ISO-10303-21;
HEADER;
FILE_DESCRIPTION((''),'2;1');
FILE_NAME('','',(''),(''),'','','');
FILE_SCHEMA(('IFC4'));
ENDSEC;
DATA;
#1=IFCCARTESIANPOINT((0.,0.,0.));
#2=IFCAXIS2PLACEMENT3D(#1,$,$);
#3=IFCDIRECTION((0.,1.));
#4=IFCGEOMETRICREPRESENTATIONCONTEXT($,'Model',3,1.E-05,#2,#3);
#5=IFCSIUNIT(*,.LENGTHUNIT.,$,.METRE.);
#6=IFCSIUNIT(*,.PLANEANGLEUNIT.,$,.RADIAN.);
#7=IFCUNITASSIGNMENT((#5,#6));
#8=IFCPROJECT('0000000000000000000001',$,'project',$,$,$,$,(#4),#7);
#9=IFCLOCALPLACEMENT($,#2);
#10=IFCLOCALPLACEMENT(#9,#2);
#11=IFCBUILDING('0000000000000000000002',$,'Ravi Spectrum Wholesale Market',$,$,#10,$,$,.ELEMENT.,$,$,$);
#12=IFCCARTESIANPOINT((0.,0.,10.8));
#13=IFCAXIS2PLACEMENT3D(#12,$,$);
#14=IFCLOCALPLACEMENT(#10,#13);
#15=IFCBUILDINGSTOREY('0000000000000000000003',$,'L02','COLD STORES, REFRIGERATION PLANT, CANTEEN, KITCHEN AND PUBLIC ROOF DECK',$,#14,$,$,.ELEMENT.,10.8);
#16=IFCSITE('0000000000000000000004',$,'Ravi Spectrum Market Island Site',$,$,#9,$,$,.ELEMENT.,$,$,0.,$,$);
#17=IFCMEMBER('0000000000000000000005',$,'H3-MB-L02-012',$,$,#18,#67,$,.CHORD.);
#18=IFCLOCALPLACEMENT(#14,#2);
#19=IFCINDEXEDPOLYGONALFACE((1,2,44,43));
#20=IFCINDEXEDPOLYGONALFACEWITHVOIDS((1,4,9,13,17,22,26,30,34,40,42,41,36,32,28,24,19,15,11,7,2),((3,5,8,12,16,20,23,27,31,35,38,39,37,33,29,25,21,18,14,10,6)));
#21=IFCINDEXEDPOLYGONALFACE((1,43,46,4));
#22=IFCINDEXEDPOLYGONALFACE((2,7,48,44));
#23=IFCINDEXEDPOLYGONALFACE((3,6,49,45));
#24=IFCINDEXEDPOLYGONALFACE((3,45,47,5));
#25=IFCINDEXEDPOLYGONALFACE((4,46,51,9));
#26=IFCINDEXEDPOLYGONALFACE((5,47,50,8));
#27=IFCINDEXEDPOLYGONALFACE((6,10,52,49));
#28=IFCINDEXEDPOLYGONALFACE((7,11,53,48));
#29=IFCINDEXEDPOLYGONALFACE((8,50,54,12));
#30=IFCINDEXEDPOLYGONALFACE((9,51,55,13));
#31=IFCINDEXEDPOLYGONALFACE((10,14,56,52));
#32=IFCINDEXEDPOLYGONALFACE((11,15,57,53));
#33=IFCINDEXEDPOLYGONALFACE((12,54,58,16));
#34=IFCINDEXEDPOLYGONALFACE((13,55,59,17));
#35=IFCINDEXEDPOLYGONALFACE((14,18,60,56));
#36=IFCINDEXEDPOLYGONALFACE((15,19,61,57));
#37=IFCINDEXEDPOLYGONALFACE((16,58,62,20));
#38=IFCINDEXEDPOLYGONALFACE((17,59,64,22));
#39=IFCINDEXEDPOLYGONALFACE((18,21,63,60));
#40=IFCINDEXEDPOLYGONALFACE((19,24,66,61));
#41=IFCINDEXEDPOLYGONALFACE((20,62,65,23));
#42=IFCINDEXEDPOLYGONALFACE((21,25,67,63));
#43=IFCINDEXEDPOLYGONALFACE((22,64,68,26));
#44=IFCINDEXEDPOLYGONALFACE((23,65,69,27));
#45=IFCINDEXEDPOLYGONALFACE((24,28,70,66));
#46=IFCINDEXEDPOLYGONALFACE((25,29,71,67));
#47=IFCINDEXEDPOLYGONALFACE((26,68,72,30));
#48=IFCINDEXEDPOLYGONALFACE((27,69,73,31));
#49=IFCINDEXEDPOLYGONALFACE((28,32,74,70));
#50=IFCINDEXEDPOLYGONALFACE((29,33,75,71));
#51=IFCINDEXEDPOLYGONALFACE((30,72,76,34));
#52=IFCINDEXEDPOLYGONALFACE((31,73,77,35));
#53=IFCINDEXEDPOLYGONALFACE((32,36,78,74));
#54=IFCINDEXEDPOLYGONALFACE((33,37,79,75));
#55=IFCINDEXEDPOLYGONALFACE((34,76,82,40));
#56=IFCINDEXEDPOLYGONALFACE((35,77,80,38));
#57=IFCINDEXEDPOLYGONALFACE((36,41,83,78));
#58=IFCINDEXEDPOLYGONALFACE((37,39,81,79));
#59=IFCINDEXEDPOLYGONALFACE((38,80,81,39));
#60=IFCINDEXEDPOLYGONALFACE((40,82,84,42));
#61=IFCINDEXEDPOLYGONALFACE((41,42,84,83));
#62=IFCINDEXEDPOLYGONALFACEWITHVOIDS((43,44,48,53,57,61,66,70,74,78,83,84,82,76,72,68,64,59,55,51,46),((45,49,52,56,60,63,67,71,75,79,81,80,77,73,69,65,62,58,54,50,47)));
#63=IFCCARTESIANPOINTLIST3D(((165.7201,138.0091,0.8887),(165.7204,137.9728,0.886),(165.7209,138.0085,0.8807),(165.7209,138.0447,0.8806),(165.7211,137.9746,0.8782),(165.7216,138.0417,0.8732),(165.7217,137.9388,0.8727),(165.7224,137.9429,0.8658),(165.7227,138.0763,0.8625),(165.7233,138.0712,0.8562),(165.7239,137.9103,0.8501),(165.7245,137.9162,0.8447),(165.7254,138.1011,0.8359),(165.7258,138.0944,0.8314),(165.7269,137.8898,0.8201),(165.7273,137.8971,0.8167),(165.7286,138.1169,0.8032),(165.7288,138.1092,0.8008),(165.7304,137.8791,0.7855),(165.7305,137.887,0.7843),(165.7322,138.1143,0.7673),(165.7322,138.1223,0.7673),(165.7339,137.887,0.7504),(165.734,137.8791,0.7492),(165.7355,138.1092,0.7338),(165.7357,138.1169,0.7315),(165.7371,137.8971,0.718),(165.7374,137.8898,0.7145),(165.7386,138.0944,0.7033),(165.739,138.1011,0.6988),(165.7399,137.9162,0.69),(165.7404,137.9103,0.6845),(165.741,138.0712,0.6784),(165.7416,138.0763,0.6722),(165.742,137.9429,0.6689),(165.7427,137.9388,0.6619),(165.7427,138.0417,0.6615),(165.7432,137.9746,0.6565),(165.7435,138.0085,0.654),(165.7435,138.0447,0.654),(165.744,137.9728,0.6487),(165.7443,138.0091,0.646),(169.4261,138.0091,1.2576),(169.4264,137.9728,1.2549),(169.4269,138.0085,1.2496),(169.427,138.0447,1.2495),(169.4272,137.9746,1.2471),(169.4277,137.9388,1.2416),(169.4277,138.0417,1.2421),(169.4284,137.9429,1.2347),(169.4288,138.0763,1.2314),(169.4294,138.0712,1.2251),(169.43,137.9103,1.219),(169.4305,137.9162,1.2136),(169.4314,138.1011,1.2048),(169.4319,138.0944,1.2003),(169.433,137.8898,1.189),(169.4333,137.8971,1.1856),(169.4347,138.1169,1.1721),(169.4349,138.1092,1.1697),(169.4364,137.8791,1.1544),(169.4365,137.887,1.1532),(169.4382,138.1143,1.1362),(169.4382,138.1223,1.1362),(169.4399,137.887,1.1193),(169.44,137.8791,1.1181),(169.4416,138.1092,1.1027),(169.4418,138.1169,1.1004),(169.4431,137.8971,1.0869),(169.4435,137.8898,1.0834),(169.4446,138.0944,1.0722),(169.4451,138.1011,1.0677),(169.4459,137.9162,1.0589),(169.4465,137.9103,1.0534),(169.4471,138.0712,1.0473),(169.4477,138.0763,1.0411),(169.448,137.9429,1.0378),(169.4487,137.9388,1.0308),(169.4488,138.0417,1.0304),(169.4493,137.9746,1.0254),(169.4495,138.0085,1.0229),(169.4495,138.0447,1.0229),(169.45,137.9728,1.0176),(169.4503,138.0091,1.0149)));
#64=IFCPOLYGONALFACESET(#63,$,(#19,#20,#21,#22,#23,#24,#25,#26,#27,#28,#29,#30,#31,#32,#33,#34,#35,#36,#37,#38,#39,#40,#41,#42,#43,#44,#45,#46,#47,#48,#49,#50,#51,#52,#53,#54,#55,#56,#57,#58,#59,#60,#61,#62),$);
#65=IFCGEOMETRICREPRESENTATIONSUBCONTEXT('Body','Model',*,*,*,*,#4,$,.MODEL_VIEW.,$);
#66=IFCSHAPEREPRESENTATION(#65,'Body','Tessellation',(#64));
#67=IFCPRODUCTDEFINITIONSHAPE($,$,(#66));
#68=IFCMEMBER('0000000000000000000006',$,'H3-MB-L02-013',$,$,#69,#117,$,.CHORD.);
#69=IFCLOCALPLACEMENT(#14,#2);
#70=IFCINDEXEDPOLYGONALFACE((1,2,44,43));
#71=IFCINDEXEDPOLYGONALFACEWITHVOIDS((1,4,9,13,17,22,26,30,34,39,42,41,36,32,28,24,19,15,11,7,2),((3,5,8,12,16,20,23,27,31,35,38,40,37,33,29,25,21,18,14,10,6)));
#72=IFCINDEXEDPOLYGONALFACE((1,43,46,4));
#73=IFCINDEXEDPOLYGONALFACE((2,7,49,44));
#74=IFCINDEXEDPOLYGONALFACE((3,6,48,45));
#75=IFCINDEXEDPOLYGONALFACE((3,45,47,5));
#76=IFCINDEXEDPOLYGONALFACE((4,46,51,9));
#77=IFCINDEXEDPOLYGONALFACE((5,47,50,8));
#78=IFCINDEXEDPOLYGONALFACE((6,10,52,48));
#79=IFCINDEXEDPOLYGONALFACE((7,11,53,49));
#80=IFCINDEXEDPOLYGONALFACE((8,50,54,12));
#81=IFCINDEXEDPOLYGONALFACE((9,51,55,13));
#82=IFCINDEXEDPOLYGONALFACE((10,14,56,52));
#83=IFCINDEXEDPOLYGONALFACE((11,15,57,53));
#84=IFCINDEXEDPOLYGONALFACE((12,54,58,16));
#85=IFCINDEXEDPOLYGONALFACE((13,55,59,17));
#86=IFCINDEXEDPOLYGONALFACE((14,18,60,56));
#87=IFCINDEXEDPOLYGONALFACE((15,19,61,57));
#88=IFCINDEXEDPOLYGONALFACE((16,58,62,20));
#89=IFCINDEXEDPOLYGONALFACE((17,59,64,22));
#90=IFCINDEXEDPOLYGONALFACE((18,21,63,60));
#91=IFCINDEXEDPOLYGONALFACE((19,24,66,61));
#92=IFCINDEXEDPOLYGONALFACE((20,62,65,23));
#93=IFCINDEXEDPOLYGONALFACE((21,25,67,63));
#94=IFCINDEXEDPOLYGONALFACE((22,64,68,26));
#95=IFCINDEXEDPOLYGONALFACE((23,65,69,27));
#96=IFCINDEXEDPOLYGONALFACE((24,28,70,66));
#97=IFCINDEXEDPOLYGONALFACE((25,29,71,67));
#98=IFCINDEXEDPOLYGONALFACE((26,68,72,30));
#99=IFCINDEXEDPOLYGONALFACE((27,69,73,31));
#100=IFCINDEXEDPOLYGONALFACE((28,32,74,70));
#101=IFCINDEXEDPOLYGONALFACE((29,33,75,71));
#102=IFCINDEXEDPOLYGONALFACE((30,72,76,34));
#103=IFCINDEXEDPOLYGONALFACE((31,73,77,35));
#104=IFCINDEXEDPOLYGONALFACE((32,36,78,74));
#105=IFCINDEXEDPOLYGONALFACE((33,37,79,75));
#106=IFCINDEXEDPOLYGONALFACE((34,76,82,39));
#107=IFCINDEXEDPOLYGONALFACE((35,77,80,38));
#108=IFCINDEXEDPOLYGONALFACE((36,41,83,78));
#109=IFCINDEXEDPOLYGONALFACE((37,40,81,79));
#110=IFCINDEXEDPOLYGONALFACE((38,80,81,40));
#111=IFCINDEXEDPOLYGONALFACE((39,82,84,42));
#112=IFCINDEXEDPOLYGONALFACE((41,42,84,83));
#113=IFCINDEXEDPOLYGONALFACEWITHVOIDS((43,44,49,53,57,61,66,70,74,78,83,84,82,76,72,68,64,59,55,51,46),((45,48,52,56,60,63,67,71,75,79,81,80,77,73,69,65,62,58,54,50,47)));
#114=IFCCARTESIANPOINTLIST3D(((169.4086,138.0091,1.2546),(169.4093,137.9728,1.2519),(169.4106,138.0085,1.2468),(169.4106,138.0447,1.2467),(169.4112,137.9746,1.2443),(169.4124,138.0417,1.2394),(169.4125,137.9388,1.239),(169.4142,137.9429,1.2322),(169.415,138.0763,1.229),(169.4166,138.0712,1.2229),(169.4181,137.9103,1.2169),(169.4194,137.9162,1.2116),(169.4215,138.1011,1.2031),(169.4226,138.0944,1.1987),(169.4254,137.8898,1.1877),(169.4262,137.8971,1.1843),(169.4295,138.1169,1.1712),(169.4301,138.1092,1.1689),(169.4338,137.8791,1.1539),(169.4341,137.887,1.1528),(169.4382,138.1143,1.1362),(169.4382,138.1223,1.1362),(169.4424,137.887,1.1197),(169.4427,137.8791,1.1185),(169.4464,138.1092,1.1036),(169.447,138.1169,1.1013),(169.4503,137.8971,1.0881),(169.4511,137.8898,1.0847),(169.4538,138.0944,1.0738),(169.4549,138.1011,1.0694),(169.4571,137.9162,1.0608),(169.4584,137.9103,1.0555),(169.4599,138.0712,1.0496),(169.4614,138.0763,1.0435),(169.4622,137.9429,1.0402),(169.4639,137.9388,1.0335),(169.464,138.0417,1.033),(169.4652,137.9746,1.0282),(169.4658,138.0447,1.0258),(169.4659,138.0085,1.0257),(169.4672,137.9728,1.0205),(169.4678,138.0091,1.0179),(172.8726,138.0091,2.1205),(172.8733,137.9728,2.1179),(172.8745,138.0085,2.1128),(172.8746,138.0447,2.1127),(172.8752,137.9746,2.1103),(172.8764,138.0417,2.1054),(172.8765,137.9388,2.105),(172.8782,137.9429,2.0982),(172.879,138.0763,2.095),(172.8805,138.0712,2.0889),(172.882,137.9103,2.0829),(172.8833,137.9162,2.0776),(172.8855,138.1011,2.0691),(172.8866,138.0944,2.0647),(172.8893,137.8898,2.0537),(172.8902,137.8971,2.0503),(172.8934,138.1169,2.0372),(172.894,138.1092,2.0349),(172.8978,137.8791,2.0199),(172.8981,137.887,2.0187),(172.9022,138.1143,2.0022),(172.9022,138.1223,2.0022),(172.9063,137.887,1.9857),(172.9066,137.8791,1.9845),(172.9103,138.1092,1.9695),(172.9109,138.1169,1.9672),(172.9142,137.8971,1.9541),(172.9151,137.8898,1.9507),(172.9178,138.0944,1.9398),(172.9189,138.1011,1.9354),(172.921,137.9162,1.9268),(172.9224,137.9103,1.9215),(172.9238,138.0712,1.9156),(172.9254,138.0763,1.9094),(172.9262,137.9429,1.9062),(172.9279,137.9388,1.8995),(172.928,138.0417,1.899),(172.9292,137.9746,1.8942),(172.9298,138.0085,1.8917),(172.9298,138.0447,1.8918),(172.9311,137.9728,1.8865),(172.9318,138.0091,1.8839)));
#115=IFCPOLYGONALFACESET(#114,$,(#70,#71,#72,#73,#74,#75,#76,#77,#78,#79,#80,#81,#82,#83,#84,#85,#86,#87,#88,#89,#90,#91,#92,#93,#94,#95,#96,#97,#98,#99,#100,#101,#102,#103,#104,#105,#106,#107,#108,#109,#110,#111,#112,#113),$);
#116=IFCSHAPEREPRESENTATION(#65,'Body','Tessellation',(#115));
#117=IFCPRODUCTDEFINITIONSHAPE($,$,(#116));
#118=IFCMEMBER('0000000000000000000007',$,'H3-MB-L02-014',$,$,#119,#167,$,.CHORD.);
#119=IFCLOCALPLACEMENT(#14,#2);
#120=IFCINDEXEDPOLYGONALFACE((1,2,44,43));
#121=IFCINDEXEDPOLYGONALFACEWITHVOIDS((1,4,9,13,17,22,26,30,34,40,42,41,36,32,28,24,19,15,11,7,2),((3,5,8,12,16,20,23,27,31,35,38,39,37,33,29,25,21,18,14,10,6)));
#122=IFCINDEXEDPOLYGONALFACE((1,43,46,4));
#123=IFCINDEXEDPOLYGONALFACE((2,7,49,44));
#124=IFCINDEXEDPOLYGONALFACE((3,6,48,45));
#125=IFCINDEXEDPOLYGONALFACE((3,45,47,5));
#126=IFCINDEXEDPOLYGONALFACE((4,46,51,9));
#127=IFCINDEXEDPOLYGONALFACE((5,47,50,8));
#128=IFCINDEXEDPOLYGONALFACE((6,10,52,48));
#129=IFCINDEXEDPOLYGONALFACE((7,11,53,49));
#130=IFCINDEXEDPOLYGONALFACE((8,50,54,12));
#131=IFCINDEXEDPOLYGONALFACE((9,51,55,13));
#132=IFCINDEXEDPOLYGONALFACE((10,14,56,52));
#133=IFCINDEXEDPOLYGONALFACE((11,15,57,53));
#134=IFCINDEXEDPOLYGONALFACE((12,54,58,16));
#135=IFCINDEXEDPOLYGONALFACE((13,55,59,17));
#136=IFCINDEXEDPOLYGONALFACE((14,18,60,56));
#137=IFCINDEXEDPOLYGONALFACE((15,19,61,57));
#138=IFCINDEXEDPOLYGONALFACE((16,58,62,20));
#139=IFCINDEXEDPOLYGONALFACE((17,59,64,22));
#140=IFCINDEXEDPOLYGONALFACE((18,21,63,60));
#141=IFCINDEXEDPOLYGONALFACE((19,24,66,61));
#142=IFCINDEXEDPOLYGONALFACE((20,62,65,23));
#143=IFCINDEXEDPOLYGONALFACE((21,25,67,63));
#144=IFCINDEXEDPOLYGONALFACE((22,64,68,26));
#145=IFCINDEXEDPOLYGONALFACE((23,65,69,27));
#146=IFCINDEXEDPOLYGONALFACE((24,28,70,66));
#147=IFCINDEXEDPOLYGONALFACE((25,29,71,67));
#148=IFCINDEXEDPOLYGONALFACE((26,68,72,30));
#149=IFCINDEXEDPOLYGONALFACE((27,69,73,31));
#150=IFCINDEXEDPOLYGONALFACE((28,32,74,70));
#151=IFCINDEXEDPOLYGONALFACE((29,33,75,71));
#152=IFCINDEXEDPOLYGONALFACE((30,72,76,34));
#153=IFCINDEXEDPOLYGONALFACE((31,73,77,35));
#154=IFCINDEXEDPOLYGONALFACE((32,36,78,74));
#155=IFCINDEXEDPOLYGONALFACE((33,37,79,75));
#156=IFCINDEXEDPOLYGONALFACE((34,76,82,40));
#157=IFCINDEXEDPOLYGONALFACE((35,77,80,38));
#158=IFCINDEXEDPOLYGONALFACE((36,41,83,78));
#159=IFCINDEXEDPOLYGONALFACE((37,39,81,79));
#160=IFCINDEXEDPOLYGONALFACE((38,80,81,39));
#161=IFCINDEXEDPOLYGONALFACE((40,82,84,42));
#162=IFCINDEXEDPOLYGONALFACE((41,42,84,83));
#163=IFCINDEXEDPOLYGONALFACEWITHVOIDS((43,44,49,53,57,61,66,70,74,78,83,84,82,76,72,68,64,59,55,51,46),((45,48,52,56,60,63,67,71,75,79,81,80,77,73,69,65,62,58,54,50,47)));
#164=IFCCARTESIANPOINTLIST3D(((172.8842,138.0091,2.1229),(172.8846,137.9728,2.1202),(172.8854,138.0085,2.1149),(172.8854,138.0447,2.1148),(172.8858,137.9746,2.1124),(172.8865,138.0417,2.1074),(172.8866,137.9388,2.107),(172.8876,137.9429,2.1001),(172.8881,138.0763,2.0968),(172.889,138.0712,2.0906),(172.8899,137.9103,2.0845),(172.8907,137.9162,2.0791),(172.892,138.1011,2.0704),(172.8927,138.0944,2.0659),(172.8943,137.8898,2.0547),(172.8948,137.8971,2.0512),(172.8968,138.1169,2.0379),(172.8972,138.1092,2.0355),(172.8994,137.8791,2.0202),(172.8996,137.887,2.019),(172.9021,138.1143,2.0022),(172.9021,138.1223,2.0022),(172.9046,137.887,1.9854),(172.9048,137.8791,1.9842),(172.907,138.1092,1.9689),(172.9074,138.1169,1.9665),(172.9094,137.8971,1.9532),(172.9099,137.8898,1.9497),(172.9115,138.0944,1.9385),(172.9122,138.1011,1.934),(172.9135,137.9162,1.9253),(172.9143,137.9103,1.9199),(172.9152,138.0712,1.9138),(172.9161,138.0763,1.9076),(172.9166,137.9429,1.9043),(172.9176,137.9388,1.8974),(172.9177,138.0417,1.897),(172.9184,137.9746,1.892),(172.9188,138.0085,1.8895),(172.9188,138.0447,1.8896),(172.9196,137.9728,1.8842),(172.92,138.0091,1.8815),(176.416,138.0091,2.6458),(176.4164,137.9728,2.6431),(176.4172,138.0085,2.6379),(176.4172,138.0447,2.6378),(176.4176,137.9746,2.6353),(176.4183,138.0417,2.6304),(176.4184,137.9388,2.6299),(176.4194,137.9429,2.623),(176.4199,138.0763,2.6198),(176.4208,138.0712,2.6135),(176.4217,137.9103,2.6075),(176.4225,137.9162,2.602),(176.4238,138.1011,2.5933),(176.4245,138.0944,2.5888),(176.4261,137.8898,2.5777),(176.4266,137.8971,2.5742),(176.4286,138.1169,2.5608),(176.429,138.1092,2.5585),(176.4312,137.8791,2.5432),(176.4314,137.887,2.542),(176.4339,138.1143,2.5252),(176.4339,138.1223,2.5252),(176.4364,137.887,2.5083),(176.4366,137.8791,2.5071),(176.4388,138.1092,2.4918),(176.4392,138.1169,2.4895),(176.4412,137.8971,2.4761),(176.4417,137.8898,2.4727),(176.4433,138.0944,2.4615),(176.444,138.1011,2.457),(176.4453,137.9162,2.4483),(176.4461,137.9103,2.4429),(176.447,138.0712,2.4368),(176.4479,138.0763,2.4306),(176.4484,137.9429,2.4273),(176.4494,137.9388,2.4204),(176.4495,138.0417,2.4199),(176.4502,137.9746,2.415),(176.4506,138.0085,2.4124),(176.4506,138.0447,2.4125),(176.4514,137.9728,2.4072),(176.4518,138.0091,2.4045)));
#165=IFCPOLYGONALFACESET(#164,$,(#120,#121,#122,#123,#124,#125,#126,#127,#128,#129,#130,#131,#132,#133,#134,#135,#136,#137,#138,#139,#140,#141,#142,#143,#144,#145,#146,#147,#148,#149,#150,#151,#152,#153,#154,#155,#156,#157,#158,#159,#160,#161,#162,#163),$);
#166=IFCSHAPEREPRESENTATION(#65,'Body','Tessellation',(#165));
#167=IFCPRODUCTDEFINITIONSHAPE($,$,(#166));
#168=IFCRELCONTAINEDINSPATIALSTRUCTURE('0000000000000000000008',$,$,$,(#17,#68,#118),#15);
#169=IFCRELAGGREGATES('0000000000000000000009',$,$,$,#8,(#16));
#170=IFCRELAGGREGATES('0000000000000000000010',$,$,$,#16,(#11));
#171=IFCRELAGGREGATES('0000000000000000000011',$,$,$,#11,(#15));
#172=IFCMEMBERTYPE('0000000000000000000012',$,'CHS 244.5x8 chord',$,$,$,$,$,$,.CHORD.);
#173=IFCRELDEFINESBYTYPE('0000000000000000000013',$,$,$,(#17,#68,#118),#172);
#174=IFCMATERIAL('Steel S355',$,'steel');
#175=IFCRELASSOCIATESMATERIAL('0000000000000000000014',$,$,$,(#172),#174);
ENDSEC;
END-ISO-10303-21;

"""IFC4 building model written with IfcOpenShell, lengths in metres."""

from ifc_helpers import new_model, si_unit, direction, frame, origin, origin_2d, place, context, subcontext, project, spatial, hollow_circle, extrude, material, material_profile, profile_set, type_object, element, save


model = new_model("IFC4")

# Units and contexts
model_context = context("Model", 3, precision=1e-05, world=origin(), true_north=direction((0.0, 1.0)))
body_context = subcontext(model_context, "Body", "Model", "MODEL_VIEW")
ifc_project = project(units=[si_unit("LENGTHUNIT", "METRE"), si_unit("PLANEANGLEUNIT", "RADIAN")], contexts=[model_context])

# Site, building, storey
site_placement = place(None, origin())
site = spatial("IfcSite", under=ifc_project, at=site_placement, Name="Ravi Spectrum Market Island Site", CompositionType="ELEMENT", RefElevation=0.0)
building_placement = place(site_placement, origin())
building = spatial("IfcBuilding", under=site, at=building_placement, Name="Ravi Spectrum Wholesale Market", CompositionType="ELEMENT")
storey_placement = place(building_placement, frame((0.0, 0.0, 10.8)))
storey = spatial("IfcBuildingStorey", under=building, at=storey_placement, Name="L02", Description="COLD STORES, REFRIGERATION PLANT, CANTEEN, KITCHEN AND PUBLIC ROOF DECK", CompositionType="ELEMENT", Elevation=10.8)

# Members
ifc_material_1 = material(Name="Steel S355", Category="steel")
ifc_material_profile_1 = material_profile(ifc_material_1, hollow_circle(Radius=0.1223, WallThickness=0.0081, at=origin_2d()))
ifc_profile_set_1 = profile_set([ifc_material_profile_1], Name="Steel S355")
member_type_1 = type_object("IfcMemberType", Name="CHS 244.5x8 chord", PredefinedType="CHORD", material=ifc_profile_set_1)
member_1_placement = place(storey_placement, frame((165.7322, 138.0, 0.7673), z_axis=(0.995083, 0.0, 0.099049), x_axis=(0.0, 1.0, 0.0)))
element("IfcMember", 1, at=member_1_placement, inside=storey, type_object=member_type_1, Name="H3-MB-L02-012", PredefinedType="CHORD", context=body_context, shape_type="SweptSolid", body=[
    extrude(hollow_circle(Radius=0.1223, WallThickness=0.0081, at=origin_2d()), origin(), (0.0, 0.0, 1.0), 3.7244),
])
member_2_placement = place(storey_placement, frame((169.4382, 138.0, 1.1362), z_axis=(0.970143, 0.0, 0.242536), x_axis=(0.0, 1.0, 0.0)))
element("IfcMember", 2, at=member_2_placement, inside=storey, type_object=member_type_1, Name="H3-MB-L02-013", PredefinedType="CHORD", context=body_context, shape_type="SweptSolid", body=[
    extrude(hollow_circle(Radius=0.1223, WallThickness=0.0081, at=origin_2d()), origin(), (0.0, 0.0, 1.0), 3.5706),
])
member_3_placement = place(storey_placement, frame((172.9021, 138.0, 2.0022), z_axis=(0.989214, 0.0, 0.146474), x_axis=(0.0, 1.0, 0.0)))
element("IfcMember", 3, at=member_3_placement, inside=storey, type_object=member_type_1, Name="H3-MB-L02-014", PredefinedType="CHORD", context=body_context, shape_type="SweptSolid", body=[
    extrude(hollow_circle(Radius=0.1223, WallThickness=0.0081, at=origin_2d()), origin(), (0.0, 0.0, 1.0), 3.5703),
])

save(model, "model.ifc")
